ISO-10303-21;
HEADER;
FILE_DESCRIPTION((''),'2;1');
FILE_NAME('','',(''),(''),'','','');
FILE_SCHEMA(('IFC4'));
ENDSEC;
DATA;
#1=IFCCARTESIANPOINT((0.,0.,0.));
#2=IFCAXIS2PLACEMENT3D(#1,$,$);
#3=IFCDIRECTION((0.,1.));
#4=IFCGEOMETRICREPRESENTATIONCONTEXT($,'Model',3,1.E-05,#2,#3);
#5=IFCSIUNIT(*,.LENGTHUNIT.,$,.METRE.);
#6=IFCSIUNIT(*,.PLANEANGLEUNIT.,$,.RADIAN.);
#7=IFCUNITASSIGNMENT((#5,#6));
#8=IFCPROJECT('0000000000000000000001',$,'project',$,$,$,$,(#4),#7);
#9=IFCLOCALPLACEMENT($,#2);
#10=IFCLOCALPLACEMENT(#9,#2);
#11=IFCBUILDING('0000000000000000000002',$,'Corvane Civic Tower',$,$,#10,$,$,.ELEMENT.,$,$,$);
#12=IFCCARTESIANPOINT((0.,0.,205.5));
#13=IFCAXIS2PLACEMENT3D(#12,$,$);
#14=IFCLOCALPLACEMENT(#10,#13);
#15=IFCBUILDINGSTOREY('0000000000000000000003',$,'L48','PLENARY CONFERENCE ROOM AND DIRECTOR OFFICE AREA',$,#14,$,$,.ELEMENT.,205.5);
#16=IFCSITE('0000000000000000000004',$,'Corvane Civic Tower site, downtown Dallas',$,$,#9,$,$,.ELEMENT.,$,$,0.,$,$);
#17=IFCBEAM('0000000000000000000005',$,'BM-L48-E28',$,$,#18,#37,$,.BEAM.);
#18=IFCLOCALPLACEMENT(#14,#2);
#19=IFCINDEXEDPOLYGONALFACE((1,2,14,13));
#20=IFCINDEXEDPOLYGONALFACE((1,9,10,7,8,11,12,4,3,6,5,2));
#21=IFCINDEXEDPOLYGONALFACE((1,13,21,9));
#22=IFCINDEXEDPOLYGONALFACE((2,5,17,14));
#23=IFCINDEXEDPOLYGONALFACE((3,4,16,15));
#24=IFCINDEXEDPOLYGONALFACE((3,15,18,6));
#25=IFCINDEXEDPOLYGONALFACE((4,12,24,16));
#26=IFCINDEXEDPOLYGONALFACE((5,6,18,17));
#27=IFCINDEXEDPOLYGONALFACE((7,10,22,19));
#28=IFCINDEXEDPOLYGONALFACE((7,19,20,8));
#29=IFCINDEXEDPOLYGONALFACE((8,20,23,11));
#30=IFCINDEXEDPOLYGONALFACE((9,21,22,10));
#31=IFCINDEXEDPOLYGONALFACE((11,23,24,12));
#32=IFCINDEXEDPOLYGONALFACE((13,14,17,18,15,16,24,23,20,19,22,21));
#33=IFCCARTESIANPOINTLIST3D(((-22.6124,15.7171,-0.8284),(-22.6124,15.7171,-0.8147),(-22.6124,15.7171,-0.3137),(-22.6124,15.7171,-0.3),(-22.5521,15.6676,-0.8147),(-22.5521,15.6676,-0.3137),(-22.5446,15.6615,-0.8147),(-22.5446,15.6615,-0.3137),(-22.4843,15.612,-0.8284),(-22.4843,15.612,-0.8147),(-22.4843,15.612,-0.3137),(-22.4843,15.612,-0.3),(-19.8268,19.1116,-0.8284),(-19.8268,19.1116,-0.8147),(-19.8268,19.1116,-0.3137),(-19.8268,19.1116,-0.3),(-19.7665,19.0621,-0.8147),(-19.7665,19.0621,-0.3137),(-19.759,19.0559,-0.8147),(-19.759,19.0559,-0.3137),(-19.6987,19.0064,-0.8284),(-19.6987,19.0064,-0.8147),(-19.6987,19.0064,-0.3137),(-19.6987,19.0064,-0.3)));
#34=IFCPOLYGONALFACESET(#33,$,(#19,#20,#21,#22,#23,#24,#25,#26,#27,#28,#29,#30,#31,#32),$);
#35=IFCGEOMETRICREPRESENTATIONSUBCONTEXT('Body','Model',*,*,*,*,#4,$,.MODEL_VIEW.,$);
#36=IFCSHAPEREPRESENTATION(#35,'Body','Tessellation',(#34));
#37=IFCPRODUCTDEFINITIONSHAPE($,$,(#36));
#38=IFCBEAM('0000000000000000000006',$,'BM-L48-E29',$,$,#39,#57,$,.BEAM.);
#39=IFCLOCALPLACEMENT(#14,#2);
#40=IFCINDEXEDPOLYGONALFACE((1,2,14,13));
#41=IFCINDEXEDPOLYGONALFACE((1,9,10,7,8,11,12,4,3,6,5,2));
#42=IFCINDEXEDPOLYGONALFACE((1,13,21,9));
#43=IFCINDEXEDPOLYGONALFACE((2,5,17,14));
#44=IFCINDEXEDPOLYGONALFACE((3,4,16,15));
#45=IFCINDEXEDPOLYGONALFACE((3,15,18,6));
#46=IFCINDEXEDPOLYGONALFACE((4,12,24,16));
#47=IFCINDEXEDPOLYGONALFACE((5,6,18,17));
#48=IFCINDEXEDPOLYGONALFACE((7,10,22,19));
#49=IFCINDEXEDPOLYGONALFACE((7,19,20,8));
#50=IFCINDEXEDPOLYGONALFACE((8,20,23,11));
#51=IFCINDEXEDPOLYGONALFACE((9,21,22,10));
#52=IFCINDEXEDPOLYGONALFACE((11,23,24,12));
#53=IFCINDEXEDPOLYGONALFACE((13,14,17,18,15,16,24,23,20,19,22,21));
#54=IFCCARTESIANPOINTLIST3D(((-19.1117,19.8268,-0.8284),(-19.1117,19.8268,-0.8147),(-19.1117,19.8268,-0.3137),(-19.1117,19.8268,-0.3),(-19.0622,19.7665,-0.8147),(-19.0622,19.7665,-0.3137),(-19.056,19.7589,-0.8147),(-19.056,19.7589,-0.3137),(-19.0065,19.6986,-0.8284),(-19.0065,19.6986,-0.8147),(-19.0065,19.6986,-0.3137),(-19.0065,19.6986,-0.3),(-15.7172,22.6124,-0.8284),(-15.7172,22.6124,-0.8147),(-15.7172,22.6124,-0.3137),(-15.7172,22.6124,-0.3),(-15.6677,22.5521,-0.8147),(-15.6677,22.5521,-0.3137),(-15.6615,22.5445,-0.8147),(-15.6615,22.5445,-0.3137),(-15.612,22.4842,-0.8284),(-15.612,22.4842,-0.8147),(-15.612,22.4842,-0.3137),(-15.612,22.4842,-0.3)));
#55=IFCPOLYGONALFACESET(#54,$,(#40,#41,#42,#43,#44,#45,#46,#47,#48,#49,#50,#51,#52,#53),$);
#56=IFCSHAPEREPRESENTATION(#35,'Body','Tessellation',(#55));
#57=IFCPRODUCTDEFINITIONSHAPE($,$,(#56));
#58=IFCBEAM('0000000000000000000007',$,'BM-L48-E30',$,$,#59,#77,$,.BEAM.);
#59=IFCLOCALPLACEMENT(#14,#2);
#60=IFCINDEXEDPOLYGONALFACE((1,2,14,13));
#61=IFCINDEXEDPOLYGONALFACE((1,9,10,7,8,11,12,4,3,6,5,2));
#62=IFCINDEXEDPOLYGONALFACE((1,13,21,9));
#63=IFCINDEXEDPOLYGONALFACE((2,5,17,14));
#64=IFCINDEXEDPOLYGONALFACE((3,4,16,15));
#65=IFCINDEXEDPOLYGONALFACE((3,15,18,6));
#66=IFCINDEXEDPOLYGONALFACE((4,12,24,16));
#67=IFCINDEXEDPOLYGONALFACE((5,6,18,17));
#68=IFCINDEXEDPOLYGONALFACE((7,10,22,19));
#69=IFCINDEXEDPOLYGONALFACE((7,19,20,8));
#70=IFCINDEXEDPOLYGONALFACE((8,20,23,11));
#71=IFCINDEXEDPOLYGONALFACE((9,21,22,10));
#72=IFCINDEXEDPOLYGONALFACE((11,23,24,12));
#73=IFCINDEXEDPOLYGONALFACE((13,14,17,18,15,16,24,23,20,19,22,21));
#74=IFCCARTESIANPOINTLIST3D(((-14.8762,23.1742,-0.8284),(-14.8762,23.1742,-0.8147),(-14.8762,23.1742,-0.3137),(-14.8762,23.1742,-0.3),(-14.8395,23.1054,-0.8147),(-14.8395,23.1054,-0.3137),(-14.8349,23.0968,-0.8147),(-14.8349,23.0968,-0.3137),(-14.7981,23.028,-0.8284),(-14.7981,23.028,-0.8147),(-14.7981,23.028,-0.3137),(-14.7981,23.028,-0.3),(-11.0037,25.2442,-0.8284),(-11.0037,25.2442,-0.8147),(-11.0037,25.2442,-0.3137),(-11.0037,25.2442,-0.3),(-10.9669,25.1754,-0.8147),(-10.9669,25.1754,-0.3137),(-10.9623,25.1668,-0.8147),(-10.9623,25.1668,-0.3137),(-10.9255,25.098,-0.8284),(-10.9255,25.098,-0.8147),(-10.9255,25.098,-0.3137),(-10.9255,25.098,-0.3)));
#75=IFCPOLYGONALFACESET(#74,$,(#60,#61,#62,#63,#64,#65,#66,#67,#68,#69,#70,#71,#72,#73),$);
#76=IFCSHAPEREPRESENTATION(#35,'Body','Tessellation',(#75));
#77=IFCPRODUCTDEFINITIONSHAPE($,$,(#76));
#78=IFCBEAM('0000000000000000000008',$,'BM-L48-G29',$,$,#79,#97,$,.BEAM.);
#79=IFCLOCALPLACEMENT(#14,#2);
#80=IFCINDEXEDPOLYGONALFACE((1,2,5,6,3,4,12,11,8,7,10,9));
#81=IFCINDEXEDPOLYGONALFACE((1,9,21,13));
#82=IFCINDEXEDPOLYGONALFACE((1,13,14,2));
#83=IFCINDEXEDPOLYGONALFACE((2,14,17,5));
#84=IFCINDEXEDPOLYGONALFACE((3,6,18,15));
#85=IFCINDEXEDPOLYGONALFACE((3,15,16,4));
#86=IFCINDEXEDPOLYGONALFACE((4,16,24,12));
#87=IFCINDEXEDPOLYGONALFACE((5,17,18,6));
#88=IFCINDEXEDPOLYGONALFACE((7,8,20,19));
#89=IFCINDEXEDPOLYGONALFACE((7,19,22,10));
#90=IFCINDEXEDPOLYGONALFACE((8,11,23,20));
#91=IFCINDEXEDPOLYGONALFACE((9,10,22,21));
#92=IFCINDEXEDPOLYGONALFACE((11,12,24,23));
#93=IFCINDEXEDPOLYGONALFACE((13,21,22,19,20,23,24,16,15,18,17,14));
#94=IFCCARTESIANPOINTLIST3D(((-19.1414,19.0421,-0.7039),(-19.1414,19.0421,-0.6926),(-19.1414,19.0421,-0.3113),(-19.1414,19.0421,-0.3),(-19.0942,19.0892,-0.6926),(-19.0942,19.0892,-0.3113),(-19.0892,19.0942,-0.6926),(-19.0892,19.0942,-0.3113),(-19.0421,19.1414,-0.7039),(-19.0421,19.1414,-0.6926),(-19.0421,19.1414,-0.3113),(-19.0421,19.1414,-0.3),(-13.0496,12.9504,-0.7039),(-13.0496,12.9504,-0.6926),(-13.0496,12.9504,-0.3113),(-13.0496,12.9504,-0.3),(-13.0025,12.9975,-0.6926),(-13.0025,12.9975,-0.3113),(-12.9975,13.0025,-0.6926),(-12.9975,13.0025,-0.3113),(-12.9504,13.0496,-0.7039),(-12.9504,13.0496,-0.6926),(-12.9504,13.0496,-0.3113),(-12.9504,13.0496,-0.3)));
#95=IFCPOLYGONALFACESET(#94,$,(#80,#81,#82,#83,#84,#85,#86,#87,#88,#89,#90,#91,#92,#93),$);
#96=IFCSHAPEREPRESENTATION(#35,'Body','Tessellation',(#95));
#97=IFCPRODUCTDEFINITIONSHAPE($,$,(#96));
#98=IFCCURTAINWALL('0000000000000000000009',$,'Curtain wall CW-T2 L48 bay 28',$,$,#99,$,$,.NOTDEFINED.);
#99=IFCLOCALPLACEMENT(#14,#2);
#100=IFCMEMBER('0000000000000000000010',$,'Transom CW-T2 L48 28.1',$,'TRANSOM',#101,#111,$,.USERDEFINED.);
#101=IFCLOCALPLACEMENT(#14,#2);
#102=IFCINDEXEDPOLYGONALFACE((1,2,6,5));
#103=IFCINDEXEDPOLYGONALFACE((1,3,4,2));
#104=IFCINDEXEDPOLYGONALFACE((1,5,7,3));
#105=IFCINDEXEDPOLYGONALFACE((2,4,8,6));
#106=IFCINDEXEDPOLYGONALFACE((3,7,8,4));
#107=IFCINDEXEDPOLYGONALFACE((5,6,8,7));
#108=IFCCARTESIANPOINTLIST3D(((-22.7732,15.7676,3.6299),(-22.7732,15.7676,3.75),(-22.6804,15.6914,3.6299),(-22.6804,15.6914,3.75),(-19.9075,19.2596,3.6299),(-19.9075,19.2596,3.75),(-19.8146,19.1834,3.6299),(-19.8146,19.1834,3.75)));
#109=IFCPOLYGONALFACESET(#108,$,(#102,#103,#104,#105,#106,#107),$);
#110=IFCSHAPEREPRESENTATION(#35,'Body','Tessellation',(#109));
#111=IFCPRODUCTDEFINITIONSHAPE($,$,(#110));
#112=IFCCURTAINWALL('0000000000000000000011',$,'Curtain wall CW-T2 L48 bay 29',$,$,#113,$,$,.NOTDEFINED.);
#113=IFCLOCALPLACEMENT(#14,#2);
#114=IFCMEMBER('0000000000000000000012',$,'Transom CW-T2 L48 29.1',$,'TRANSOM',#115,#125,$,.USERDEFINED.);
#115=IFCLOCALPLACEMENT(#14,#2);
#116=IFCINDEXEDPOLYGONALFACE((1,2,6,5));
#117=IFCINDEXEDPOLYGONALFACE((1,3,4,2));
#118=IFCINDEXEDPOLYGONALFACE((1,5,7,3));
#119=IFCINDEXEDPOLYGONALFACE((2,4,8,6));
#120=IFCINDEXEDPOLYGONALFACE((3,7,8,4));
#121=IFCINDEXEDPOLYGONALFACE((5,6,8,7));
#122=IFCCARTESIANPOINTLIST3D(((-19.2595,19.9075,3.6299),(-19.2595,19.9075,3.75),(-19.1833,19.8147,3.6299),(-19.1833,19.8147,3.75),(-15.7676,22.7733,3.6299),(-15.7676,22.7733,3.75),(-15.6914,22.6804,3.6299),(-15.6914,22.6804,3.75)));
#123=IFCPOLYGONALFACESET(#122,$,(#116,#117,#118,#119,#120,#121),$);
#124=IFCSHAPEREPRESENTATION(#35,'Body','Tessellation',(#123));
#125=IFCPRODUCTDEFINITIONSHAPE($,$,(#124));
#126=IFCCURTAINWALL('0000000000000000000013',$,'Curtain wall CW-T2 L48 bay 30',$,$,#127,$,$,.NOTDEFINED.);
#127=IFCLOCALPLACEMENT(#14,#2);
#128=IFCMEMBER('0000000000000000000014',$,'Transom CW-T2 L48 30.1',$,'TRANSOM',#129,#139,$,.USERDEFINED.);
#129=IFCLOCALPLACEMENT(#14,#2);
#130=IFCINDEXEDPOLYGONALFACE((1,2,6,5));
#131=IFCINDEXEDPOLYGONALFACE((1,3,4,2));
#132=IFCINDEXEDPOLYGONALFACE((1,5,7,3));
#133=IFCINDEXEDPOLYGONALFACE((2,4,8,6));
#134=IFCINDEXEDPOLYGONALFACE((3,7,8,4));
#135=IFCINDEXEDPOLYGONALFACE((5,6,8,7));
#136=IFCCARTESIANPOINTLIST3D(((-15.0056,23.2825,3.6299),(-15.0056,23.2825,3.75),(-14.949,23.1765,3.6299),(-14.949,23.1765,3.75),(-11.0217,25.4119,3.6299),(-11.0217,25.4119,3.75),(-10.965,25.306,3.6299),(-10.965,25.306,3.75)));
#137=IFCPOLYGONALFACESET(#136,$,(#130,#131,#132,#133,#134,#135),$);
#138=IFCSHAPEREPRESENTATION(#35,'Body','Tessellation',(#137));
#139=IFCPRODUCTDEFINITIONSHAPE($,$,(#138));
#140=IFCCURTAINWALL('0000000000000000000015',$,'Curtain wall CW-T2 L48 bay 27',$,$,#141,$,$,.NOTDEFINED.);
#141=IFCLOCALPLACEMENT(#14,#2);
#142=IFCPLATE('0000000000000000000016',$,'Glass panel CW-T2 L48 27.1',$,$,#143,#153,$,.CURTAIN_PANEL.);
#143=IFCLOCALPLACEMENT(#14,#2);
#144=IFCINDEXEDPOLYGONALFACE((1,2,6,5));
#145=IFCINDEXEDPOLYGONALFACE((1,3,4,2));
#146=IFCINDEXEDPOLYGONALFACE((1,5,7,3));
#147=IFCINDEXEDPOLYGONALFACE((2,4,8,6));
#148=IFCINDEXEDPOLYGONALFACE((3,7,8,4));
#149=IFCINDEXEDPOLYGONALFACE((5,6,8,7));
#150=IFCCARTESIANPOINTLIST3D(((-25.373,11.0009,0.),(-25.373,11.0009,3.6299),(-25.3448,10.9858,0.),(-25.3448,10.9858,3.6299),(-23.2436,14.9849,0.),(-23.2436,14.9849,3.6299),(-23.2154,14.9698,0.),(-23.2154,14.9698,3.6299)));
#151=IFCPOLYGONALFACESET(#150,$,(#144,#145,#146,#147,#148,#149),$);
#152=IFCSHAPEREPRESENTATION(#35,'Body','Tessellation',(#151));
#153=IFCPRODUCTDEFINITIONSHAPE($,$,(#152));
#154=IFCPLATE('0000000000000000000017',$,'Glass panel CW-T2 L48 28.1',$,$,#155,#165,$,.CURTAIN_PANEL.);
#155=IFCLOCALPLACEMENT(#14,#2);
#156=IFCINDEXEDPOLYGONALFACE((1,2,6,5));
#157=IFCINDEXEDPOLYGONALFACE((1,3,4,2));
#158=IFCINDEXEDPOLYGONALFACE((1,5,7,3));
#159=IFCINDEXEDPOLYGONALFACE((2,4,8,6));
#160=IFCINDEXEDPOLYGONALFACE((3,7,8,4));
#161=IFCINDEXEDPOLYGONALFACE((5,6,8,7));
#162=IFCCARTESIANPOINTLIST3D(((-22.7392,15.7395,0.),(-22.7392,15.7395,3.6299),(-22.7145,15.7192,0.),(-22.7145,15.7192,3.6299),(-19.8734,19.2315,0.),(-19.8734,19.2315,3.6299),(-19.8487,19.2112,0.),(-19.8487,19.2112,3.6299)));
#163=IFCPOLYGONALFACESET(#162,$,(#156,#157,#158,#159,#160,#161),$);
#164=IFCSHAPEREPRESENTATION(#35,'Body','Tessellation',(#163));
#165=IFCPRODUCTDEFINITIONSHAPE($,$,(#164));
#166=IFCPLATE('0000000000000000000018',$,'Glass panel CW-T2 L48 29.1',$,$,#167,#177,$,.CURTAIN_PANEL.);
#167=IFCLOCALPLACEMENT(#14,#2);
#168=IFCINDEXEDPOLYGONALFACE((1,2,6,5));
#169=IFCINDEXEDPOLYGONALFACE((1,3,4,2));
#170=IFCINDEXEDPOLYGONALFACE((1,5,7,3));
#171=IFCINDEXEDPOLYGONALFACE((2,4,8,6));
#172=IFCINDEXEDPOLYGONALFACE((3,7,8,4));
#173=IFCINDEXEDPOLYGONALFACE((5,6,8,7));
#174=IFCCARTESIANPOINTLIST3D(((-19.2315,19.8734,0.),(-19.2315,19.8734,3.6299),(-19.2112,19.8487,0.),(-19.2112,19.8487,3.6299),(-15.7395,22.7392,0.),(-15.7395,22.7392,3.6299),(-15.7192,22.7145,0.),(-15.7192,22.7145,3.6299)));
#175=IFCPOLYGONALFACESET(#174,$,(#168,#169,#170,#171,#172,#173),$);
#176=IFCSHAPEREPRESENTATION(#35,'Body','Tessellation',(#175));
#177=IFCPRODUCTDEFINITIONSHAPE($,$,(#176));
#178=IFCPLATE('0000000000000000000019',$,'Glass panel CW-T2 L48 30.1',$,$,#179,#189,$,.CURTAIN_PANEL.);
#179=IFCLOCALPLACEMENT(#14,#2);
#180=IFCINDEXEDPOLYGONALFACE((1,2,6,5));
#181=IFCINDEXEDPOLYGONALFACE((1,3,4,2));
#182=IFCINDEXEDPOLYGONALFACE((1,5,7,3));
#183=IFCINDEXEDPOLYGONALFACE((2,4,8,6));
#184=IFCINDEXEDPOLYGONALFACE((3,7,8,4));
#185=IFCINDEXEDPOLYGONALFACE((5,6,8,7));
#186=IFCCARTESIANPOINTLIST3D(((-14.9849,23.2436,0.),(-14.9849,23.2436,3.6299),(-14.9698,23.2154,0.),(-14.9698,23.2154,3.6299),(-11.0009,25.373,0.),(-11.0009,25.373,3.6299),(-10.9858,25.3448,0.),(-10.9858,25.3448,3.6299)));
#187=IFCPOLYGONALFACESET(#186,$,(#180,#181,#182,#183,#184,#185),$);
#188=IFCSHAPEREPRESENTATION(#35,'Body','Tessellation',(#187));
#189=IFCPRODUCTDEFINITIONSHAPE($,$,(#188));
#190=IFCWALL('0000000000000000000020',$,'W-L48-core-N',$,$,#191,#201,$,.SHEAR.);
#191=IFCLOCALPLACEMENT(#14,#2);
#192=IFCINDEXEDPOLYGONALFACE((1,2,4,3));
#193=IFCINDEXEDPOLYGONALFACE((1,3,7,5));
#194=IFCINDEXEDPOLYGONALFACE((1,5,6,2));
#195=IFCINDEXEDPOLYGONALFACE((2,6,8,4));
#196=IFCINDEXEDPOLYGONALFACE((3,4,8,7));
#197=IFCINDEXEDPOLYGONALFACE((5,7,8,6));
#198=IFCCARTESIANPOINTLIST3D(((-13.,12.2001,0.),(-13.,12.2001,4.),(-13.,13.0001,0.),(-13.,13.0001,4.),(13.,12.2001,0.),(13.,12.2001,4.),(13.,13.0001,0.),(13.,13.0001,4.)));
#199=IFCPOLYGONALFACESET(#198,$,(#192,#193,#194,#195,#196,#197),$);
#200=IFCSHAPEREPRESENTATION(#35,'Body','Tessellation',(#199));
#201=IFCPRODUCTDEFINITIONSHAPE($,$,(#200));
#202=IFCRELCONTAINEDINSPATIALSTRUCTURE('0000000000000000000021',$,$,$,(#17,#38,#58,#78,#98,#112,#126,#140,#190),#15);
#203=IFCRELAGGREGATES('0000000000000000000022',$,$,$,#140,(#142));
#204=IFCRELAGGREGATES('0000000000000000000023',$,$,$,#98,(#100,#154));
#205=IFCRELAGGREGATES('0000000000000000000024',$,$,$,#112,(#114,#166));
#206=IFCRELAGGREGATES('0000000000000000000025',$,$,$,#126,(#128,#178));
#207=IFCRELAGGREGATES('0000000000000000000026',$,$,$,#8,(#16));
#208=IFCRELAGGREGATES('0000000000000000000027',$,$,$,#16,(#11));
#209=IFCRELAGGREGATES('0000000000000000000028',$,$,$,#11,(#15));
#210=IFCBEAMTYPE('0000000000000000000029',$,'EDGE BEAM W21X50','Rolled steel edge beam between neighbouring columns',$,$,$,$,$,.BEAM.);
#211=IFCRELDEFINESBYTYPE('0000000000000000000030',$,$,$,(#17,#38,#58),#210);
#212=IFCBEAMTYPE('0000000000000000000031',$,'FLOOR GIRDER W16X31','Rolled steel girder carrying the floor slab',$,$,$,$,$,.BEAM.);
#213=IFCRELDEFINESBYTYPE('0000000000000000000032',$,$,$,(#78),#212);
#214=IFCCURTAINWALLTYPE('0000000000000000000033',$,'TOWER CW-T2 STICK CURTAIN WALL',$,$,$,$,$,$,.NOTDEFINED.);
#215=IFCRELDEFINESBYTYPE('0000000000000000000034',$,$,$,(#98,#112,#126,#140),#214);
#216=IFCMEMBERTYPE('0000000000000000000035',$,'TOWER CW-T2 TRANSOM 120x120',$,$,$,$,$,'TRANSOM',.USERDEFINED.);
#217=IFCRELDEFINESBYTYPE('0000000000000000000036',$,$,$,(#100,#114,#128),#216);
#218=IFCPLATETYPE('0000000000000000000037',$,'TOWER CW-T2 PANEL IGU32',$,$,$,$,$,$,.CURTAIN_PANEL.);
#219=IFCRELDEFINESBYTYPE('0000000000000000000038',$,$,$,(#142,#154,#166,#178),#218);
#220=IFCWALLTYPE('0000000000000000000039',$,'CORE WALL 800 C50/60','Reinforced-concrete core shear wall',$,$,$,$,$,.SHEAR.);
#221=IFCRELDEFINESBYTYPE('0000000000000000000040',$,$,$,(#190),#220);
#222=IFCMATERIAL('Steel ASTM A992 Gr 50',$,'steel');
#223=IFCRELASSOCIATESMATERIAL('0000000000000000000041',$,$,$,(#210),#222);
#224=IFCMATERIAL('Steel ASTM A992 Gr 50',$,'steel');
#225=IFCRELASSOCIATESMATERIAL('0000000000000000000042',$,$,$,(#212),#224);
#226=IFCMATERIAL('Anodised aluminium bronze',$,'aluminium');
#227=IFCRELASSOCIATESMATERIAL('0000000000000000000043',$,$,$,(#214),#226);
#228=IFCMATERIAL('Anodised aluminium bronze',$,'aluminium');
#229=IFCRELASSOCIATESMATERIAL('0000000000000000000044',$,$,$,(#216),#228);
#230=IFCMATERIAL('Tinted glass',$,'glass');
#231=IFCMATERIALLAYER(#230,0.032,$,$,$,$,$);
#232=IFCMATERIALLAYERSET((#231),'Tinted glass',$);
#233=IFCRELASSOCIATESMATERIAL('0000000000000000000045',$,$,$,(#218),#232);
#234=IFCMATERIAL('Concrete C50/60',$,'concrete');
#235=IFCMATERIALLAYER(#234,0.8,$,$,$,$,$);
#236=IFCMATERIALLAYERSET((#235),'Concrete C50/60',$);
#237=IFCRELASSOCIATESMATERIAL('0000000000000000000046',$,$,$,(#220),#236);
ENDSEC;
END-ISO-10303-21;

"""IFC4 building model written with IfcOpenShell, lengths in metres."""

from ifc_helpers import new_model, si_unit, direction, frame, frame_2d, origin, origin_2d, place, context, subcontext, project, spatial, rectangle, i_section, extrude, material, layer, layer_set, material_profile, profile_set, type_object, element, aggregate, save


model = new_model("IFC4")

# Units and contexts
model_context = context("Model", 3, precision=1e-05, world=origin(), true_north=direction((0.0, 1.0)))
body_context = subcontext(model_context, "Body", "Model", "MODEL_VIEW")
ifc_project = project(units=[si_unit("LENGTHUNIT", "METRE"), si_unit("PLANEANGLEUNIT", "RADIAN")], contexts=[model_context])

# Site, building, storey
site_placement = place(None, origin())
site = spatial("IfcSite", under=ifc_project, at=site_placement, Name="Corvane Civic Tower site, downtown Dallas", CompositionType="ELEMENT", RefElevation=0.0)
building_placement = place(site_placement, origin())
building = spatial("IfcBuilding", under=site, at=building_placement, Name="Corvane Civic Tower", CompositionType="ELEMENT")
storey_placement = place(building_placement, frame((0.0, 0.0, 205.5)))
storey = spatial("IfcBuildingStorey", under=building, at=storey_placement, Name="L48", Description="PLENARY CONFERENCE ROOM AND DIRECTOR OFFICE AREA", CompositionType="ELEMENT", Elevation=205.5)

# Beams
ifc_material_1 = material(Name="Steel ASTM A992 Gr 50", Category="steel")
ifc_material_profile_1 = material_profile(ifc_material_1, i_section(OverallWidth=0.1658, OverallDepth=0.5283, WebThickness=0.0098, FlangeThickness=0.0137, at=origin_2d()), Name="W21X50")
ifc_profile_set_1 = profile_set([ifc_material_profile_1], Name="Steel ASTM A992 Gr 50")
beam_type_1 = type_object("IfcBeamType", Name="EDGE BEAM W21X50", Description="Rolled steel edge beam between neighbouring columns", PredefinedType="BEAM", material=ifc_profile_set_1)
for number, where, z_axis, x_axis, name in (
    (1, (-22.5483, 15.6646, -0.5642), (0.634369, 0.77303, 0.0), (-0.77303, 0.634369, 0.0), "BM-L48-E28"),
    (2, (-19.0591, 19.7627, -0.5642), (0.77303, 0.634369, 0.0), (-0.634369, 0.77303, 0.0), "BM-L48-E29"),
    (3, (-14.8372, 23.1011, -0.5642), (0.881908, 0.471422, 0.0), (-0.471422, 0.881908, 0.0), "BM-L48-E30"),
):
    element("IfcBeam", number, at=place(storey_placement, frame(where, z_axis=z_axis, x_axis=x_axis)), inside=storey, type_object=beam_type_1, Name=name, PredefinedType="BEAM", context=body_context, shape_type="SweptSolid", body=[
        extrude(i_section(OverallWidth=0.1658, OverallDepth=0.5283, WebThickness=0.0098, FlangeThickness=0.0137, at=origin_2d()), origin(), (0.0, 0.0, 1.0), 4.3911),
    ])
ifc_material_2 = material(Name="Steel ASTM A992 Gr 50", Category="steel")
ifc_material_profile_2 = material_profile(ifc_material_2, i_section(OverallWidth=0.1404, OverallDepth=0.4038, WebThickness=0.0071, FlangeThickness=0.0112, at=origin_2d()), Name="W16X31")
ifc_profile_set_2 = profile_set([ifc_material_profile_2], Name="Steel ASTM A992 Gr 50")
beam_type_2 = type_object("IfcBeamType", Name="FLOOR GIRDER W16X31", Description="Rolled steel girder carrying the floor slab", PredefinedType="BEAM", material=ifc_profile_set_2)
beam_placement = place(storey_placement, frame((-13.0, 13.0, -0.502), z_axis=(-0.707107, 0.707107, 0.0), x_axis=(-0.707107, -0.707107, 0.0)))
element("IfcBeam", 4, at=beam_placement, inside=storey, type_object=beam_type_2, Name="BM-L48-G29", PredefinedType="BEAM", context=body_context, shape_type="SweptSolid", body=[
    extrude(i_section(OverallWidth=0.1404, OverallDepth=0.4038, WebThickness=0.0071, FlangeThickness=0.0112, at=origin_2d()), origin(), (0.0, 0.0, 1.0), 8.615),
])

# Curtain walls, members
ifc_material_3 = material(Name="Anodised aluminium bronze", Category="aluminium")
curtain_wall_type = type_object("IfcCurtainWallType", Name="TOWER CW-T2 STICK CURTAIN WALL", PredefinedType="NOTDEFINED", material=ifc_material_3)
curtain_wall_1_placement = place(storey_placement, origin())
curtain_wall_1 = element("IfcCurtainWall", 5, at=curtain_wall_1_placement, inside=storey, type_object=curtain_wall_type, Name="Curtain wall CW-T2 L48 bay 28", PredefinedType="NOTDEFINED")
ifc_material_4 = material(Name="Anodised aluminium bronze", Category="aluminium")
ifc_material_profile_3 = material_profile(ifc_material_4, rectangle(XDim=0.1201, YDim=0.1201, at=origin_2d()), Name="TOWER CW-T2 TRANSOM 120x120")
ifc_profile_set_3 = profile_set([ifc_material_profile_3], Name="Anodised aluminium bronze")
member_type = type_object("IfcMemberType", Name="TOWER CW-T2 TRANSOM 120x120", ElementType="TRANSOM", PredefinedType="USERDEFINED", material=ifc_profile_set_3)
member_1_placement = place(storey_placement, frame((-22.7268, 15.7295, 3.6899), z_axis=(0.634388, 0.773015, 0.0), x_axis=(-0.773015, 0.634388, 0.0)))
member_1 = element("IfcMember", 6, at=member_1_placement, type_object=member_type, Name="Transom CW-T2 L48 28.1", ObjectType="TRANSOM", PredefinedType="USERDEFINED", context=body_context, shape_type="SweptSolid", body=[
    extrude(rectangle(XDim=0.1201, YDim=0.1201, at=origin_2d()), origin(), (0.0, 0.0, 1.0), 4.5173),
])
curtain_wall_2_placement = place(storey_placement, origin())
curtain_wall_2 = element("IfcCurtainWall", 7, at=curtain_wall_2_placement, inside=storey, type_object=curtain_wall_type, Name="Curtain wall CW-T2 L48 bay 29", PredefinedType="NOTDEFINED")
member_2_placement = place(storey_placement, frame((-19.2214, 19.8611, 3.6899), z_axis=(0.773015, 0.634388, 0.0), x_axis=(-0.634388, 0.773015, 0.0)))
member_2 = element("IfcMember", 8, at=member_2_placement, type_object=member_type, Name="Transom CW-T2 L48 29.1", ObjectType="TRANSOM", PredefinedType="USERDEFINED", context=body_context, shape_type="SweptSolid", body=[
    extrude(rectangle(XDim=0.1201, YDim=0.1201, at=origin_2d()), origin(), (0.0, 0.0, 1.0), 4.5173),
])
curtain_wall_3_placement = place(storey_placement, origin())
curtain_wall_3 = element("IfcCurtainWall", 9, at=curtain_wall_3_placement, inside=storey, type_object=curtain_wall_type, Name="Curtain wall CW-T2 L48 bay 30", PredefinedType="NOTDEFINED")
member_3_placement = place(storey_placement, frame((-14.9773, 23.2295, 3.6899), z_axis=(0.881925, 0.47139, 0.0), x_axis=(-0.47139, 0.881925, 0.0)))
member_3 = element("IfcMember", 10, at=member_3_placement, type_object=member_type, Name="Transom CW-T2 L48 30.1", ObjectType="TRANSOM", PredefinedType="USERDEFINED", context=body_context, shape_type="SweptSolid", body=[
    extrude(rectangle(XDim=0.1201, YDim=0.1201, at=origin_2d()), origin(), (0.0, 0.0, 1.0), 4.5173),
])

# Curtain wall, plate
curtain_wall_4_placement = place(storey_placement, origin())
curtain_wall_4 = element("IfcCurtainWall", 11, at=curtain_wall_4_placement, inside=storey, type_object=curtain_wall_type, Name="Curtain wall CW-T2 L48 bay 27", PredefinedType="NOTDEFINED")
ifc_material_5 = material(Name="Tinted glass", Category="glass")
ifc_layer_1 = layer(ifc_material_5, 0.032)
ifc_layer_set_1 = layer_set([ifc_layer_1], Name="Tinted glass")
plate_type = type_object("IfcPlateType", Name="TOWER CW-T2 PANEL IGU32", PredefinedType="CURTAIN_PANEL", material=ifc_layer_set_1)
plate_1_placement = place(storey_placement, frame((-24.2942, 12.9854, 0.0), z_axis=(0.0, 0.0, 1.0), x_axis=(0.471398, 0.88192, 0.0)))
plate_1 = element("IfcPlate", 12, at=plate_1_placement, type_object=plate_type, Name="Glass panel CW-T2 L48 27.1", PredefinedType="CURTAIN_PANEL", context=body_context, shape_type="SweptSolid", body=[
    extrude(rectangle(XDim=4.5173, YDim=0.032, at=origin_2d()), origin(), (0.0, 0.0, 1.0), 3.6299),
])
aggregate(curtain_wall_4, [plate_1])

# Plates
plate_2_placement = place(storey_placement, frame((-21.2939, 17.4753, 0.0), z_axis=(0.0, 0.0, 1.0), x_axis=(0.634391, 0.773012, 0.0)))
plate_2 = element("IfcPlate", 13, at=plate_2_placement, type_object=plate_type, Name="Glass panel CW-T2 L48 28.1", PredefinedType="CURTAIN_PANEL", context=body_context, shape_type="SweptSolid", body=[
    extrude(rectangle(XDim=4.5173, YDim=0.032, at=origin_2d()), origin(), (0.0, 0.0, 1.0), 3.6299),
])
aggregate(curtain_wall_1, [member_1, plate_2])
plate_3_placement = place(storey_placement, frame((-17.4753, 21.2939, 0.0), z_axis=(0.0, 0.0, 1.0), x_axis=(0.773012, 0.634391, 0.0)))
plate_3 = element("IfcPlate", 14, at=plate_3_placement, type_object=plate_type, Name="Glass panel CW-T2 L48 29.1", PredefinedType="CURTAIN_PANEL", context=body_context, shape_type="SweptSolid", body=[
    extrude(rectangle(XDim=4.5173, YDim=0.032, at=origin_2d()), origin(), (0.0, 0.0, 1.0), 3.6299),
])
aggregate(curtain_wall_2, [member_2, plate_3])
plate_4_placement = place(storey_placement, frame((-12.9854, 24.2942, 0.0), z_axis=(0.0, 0.0, 1.0), x_axis=(0.88192, 0.471398, 0.0)))
plate_4 = element("IfcPlate", 15, at=plate_4_placement, type_object=plate_type, Name="Glass panel CW-T2 L48 30.1", PredefinedType="CURTAIN_PANEL", context=body_context, shape_type="SweptSolid", body=[
    extrude(rectangle(XDim=4.5173, YDim=0.032, at=origin_2d()), origin(), (0.0, 0.0, 1.0), 3.6299),
])
aggregate(curtain_wall_3, [member_3, plate_4])

# Wall
ifc_material_6 = material(Name="Concrete C50/60", Category="concrete")
ifc_layer_2 = layer(ifc_material_6, 0.8)
ifc_layer_set_2 = layer_set([ifc_layer_2], Name="Concrete C50/60")
wall_type_1 = type_object("IfcWallType", Name="CORE WALL 800 C50/60", Description="Reinforced-concrete core shear wall", PredefinedType="SHEAR", material=ifc_layer_set_2)
wall_1_placement = place(storey_placement, frame((-13.0, 12.6001, 0.0), z_axis=(0.0, 0.0, 1.0), x_axis=(1.0, 0.0, 0.0)))
element("IfcWall", 16, at=wall_1_placement, inside=storey, type_object=wall_type_1, Name="W-L48-core-N", PredefinedType="SHEAR", context=body_context, shape_type="SweptSolid", body=[
    extrude(rectangle(XDim=26.0, YDim=0.8, at=frame_2d((13.0, 0.0))), origin(), (0.0, 0.0, 1.0), 4.0),
])

save(model, "model.ifc")
